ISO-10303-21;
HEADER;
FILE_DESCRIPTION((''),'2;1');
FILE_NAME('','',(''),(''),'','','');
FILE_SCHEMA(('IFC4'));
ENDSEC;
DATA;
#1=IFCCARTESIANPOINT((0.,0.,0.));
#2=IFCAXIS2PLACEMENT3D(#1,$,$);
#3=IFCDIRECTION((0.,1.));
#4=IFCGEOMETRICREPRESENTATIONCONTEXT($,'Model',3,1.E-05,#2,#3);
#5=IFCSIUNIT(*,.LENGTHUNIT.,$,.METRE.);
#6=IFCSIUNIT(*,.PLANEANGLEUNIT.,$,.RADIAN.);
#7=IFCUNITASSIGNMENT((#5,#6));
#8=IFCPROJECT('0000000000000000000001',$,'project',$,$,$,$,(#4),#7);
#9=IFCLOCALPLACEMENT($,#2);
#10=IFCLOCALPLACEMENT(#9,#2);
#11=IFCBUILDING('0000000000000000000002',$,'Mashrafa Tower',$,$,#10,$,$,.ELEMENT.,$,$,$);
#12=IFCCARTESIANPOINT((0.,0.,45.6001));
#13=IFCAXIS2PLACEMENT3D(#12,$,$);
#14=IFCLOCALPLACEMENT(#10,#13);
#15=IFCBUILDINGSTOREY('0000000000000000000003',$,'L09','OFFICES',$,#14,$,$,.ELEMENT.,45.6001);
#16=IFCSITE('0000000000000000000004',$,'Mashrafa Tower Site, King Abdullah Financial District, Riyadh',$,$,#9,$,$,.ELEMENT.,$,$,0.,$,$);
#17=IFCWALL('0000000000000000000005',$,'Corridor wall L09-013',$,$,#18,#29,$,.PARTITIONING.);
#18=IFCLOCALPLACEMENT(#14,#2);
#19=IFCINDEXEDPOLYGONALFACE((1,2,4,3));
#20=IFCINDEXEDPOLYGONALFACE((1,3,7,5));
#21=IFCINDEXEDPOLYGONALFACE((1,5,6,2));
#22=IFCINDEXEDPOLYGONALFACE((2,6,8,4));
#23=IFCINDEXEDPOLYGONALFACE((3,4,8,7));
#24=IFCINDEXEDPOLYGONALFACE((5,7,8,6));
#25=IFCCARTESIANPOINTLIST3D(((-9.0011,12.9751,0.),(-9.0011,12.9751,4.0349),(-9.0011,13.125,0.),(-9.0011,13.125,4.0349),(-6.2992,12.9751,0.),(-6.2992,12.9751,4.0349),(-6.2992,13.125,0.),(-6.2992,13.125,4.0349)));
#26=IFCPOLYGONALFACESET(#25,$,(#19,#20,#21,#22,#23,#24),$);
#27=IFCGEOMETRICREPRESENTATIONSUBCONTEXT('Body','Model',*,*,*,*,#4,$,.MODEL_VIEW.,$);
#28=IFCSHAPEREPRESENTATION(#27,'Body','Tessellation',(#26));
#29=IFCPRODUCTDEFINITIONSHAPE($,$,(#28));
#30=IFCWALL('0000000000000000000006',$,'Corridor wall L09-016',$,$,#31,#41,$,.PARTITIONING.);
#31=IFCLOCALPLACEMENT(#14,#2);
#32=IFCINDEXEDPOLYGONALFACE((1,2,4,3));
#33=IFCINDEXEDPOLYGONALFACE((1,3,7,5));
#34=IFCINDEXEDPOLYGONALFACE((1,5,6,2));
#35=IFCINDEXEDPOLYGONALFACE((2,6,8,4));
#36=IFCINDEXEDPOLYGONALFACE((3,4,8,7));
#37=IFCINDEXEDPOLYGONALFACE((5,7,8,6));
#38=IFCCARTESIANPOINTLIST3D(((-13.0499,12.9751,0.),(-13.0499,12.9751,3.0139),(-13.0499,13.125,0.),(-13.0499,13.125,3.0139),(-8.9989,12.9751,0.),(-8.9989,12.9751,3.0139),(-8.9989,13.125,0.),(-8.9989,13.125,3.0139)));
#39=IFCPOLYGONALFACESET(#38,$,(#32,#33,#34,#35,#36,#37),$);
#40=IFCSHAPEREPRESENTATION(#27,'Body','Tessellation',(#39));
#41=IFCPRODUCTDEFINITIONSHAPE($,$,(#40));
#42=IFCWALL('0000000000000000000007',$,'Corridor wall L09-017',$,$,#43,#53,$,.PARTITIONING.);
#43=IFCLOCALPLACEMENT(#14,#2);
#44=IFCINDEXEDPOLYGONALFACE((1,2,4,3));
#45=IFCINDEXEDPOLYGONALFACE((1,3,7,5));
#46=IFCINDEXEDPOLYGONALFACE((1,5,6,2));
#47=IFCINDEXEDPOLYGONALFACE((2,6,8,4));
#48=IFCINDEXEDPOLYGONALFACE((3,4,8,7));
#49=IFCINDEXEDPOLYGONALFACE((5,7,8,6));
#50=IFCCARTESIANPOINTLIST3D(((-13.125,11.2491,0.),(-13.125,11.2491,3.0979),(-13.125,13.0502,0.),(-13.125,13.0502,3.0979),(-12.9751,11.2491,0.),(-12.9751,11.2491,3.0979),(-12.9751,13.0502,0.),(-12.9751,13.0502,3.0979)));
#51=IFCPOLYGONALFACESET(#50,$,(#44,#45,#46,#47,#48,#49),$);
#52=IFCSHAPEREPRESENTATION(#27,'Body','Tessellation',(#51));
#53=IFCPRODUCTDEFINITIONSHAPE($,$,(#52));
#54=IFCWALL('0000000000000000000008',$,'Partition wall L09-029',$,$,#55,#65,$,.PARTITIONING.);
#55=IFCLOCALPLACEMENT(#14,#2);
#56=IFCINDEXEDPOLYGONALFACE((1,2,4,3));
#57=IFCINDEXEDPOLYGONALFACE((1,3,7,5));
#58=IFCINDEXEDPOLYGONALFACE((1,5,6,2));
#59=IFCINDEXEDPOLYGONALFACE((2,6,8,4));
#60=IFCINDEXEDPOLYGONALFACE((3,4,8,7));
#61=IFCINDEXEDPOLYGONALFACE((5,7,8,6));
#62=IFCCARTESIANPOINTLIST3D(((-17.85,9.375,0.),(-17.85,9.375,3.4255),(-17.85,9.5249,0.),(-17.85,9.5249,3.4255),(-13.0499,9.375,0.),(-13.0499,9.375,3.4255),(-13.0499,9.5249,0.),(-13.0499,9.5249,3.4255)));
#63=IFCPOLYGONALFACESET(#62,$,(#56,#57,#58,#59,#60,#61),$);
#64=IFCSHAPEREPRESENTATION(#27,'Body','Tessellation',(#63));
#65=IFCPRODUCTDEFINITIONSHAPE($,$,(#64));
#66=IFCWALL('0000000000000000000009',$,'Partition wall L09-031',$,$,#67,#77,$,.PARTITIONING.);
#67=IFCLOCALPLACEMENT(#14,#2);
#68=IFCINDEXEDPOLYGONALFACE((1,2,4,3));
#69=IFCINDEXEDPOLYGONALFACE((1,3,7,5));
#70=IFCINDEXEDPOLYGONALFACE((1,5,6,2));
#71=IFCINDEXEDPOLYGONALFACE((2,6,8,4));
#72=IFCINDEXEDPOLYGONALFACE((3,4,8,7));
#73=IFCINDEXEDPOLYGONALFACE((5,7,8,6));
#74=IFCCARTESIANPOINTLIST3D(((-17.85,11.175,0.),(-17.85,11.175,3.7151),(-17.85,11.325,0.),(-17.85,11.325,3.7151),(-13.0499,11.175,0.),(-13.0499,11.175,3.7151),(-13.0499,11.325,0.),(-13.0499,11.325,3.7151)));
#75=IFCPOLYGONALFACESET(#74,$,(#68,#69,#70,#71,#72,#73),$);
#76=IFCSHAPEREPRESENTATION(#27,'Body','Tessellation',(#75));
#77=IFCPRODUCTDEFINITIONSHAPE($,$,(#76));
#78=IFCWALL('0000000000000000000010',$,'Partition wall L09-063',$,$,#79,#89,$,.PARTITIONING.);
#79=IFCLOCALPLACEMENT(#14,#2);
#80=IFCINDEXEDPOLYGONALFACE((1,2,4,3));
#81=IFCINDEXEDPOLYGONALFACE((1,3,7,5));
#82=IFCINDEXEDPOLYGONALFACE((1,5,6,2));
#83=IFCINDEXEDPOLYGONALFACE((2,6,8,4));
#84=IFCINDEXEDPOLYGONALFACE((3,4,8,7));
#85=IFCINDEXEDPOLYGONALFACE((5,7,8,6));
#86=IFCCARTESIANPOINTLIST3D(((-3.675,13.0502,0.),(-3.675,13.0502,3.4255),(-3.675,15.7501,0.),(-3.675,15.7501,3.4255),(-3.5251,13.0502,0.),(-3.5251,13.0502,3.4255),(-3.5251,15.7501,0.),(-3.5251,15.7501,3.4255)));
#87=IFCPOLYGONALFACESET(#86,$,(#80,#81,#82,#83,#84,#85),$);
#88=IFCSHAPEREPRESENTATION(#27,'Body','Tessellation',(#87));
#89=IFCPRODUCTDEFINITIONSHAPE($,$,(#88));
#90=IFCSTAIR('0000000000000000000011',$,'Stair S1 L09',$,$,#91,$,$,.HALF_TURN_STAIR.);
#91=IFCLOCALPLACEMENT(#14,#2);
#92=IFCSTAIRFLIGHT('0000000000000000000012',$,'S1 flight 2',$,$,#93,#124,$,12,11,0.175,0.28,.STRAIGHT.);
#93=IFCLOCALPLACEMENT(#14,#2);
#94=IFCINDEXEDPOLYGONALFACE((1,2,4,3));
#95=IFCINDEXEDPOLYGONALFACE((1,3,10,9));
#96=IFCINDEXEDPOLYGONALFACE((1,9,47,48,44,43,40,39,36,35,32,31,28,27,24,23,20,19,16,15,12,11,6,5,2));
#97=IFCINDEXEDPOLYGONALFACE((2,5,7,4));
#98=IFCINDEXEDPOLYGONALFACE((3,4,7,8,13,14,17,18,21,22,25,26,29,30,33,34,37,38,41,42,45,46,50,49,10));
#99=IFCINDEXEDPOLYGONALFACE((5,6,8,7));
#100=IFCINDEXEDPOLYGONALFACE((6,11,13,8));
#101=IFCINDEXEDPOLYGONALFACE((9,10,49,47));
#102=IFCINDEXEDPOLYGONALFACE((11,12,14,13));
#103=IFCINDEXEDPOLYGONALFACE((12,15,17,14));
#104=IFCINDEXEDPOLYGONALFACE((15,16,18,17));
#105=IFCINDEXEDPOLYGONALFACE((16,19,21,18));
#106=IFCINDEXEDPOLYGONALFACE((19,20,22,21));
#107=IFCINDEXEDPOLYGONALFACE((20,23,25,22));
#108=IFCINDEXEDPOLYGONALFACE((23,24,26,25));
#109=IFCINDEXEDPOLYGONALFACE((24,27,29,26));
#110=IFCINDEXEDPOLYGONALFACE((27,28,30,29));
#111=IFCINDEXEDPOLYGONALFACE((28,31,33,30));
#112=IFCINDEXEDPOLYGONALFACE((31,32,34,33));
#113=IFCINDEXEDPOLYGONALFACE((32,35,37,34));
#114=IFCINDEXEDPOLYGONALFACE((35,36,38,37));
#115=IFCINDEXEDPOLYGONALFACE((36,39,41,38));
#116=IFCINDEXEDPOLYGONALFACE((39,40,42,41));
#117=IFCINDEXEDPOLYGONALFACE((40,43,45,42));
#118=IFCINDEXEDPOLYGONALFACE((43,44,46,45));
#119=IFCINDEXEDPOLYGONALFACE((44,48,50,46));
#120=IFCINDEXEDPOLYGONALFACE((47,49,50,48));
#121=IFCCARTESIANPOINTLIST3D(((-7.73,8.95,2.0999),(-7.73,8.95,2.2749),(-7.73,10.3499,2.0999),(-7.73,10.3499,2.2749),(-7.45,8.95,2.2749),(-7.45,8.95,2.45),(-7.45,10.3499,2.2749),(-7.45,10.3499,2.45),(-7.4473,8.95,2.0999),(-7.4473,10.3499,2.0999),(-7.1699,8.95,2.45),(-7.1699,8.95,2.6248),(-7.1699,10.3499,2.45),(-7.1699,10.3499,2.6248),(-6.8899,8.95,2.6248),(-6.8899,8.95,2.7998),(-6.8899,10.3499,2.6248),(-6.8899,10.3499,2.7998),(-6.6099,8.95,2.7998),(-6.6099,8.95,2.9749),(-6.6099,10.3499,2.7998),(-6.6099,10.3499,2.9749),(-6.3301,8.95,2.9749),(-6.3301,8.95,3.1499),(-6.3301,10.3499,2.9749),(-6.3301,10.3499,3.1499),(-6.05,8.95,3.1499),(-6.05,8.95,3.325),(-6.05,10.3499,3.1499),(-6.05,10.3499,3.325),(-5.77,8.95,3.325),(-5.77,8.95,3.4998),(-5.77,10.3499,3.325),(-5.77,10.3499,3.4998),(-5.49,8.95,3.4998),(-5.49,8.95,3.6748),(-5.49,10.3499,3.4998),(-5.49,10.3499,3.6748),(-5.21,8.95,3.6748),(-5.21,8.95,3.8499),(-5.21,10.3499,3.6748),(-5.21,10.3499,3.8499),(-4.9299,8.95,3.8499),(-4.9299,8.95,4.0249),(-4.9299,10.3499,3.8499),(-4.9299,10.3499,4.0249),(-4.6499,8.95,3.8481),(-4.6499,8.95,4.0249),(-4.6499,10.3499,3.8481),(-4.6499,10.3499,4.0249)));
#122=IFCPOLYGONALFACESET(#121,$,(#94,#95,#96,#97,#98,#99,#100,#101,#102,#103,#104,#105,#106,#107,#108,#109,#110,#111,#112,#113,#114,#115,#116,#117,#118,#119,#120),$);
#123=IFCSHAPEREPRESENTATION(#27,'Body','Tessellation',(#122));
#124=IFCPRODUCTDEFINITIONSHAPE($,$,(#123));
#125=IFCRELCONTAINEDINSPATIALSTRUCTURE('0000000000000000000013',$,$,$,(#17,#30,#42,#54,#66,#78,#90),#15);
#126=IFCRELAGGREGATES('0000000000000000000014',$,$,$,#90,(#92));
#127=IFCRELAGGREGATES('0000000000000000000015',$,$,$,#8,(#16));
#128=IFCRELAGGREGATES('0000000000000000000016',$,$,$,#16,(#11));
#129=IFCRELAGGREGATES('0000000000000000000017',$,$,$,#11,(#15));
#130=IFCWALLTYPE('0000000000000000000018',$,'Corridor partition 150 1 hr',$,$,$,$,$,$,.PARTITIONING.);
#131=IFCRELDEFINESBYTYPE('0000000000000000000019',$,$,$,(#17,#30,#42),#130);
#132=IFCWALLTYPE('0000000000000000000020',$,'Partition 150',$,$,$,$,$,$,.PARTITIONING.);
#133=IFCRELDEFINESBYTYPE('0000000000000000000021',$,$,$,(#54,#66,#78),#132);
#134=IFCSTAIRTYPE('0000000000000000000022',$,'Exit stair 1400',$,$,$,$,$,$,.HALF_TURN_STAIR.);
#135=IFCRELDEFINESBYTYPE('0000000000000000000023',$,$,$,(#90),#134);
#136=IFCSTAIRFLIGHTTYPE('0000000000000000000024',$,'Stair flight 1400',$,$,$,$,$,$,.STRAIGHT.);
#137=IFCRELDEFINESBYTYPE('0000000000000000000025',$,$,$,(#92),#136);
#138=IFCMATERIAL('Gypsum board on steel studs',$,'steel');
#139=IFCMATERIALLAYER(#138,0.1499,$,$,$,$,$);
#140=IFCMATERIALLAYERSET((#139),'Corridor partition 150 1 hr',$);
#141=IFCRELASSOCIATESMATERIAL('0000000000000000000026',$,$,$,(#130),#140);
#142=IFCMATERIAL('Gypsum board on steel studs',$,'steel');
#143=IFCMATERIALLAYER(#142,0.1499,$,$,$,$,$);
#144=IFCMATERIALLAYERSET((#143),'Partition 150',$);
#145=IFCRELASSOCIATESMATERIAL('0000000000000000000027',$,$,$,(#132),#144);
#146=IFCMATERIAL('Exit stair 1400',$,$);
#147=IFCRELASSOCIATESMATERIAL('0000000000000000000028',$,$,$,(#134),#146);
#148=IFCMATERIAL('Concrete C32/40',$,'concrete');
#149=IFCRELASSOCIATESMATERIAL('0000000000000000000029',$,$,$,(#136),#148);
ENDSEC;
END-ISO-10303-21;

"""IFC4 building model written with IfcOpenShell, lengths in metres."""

from ifc_helpers import new_model, si_unit, direction, frame, frame_2d, origin, place, context, subcontext, project, spatial, polyline, rectangle, outline, extrude, material, layer, layer_set, type_object, element, aggregate, save


model = new_model("IFC4")

# Units and contexts
model_context = context("Model", 3, precision=1e-05, world=origin(), true_north=direction((0.0, 1.0)))
body_context = subcontext(model_context, "Body", "Model", "MODEL_VIEW")
ifc_project = project(units=[si_unit("LENGTHUNIT", "METRE"), si_unit("PLANEANGLEUNIT", "RADIAN")], contexts=[model_context])

# Site, building, storey
site_placement = place(None, origin())
site = spatial("IfcSite", under=ifc_project, at=site_placement, Name="Mashrafa Tower Site, King Abdullah Financial District, Riyadh", CompositionType="ELEMENT", RefElevation=0.0)
building_placement = place(site_placement, origin())
building = spatial("IfcBuilding", under=site, at=building_placement, Name="Mashrafa Tower", CompositionType="ELEMENT")
storey_placement = place(building_placement, frame((0.0, 0.0, 45.6001)))
storey = spatial("IfcBuildingStorey", under=building, at=storey_placement, Name="L09", Description="OFFICES", CompositionType="ELEMENT", Elevation=45.6001)

# Shared definitions
ifc_material_1 = material(Name="Gypsum board on steel studs", Category="steel")
ifc_layer_1 = layer(ifc_material_1, 0.1499)
ifc_layer_set_1 = layer_set([ifc_layer_1], Name="Corridor partition 150 1 hr")
wall_type_1 = type_object("IfcWallType", Name="Corridor partition 150 1 hr", PredefinedType="PARTITIONING", material=ifc_layer_set_1)

# Walls
wall_1_placement = place(storey_placement, frame((-6.2991, 13.05, 0.0), z_axis=(0.0, 0.0, 1.0), x_axis=(-1.0, 0.0, 0.0)))
element("IfcWall", 1, at=wall_1_placement, inside=storey, type_object=wall_type_1, Name="Corridor wall L09-013", PredefinedType="PARTITIONING", context=body_context, shape_type="SweptSolid", body=[
    extrude(rectangle(XDim=2.7019, YDim=0.1499, at=frame_2d((1.3511, 0.0))), origin(), (0.0, 0.0, 1.0), 4.0349),
])
wall_2_placement = place(storey_placement, frame((-8.999, 13.05, 0.0), z_axis=(0.0, 0.0, 1.0), x_axis=(-1.0, 0.0, 0.0)))
element("IfcWall", 2, at=wall_2_placement, inside=storey, type_object=wall_type_1, Name="Corridor wall L09-016", PredefinedType="PARTITIONING", context=body_context, shape_type="SweptSolid", body=[
    extrude(rectangle(XDim=4.051, YDim=0.1499, at=frame_2d((2.0254, 0.0))), origin(), (0.0, 0.0, 1.0), 3.0139),
])
wall_3_placement = place(storey_placement, frame((-13.05, 13.05, 0.0), z_axis=(0.0, 0.0, 1.0), x_axis=(0.0, -1.0, 0.0)))
element("IfcWall", 3, at=wall_3_placement, inside=storey, type_object=wall_type_1, Name="Corridor wall L09-017", PredefinedType="PARTITIONING", context=body_context, shape_type="SweptSolid", body=[
    extrude(rectangle(XDim=1.801, YDim=0.1499, at=frame_2d((0.9004, 0.0))), origin(), (0.0, 0.0, 1.0), 3.0979),
])
ifc_material_2 = material(Name="Gypsum board on steel studs", Category="steel")
ifc_layer_2 = layer(ifc_material_2, 0.1499)
ifc_layer_set_2 = layer_set([ifc_layer_2], Name="Partition 150")
wall_type_2 = type_object("IfcWallType", Name="Partition 150", PredefinedType="PARTITIONING", material=ifc_layer_set_2)
wall_4_placement = place(storey_placement, frame((-13.05, 9.45, 0.0), z_axis=(0.0, 0.0, 1.0), x_axis=(-1.0, 0.0, 0.0)))
element("IfcWall", 4, at=wall_4_placement, inside=storey, type_object=wall_type_2, Name="Partition wall L09-029", PredefinedType="PARTITIONING", context=body_context, shape_type="SweptSolid", body=[
    extrude(rectangle(XDim=4.8, YDim=0.1499, at=frame_2d((2.3999, 0.0))), origin(), (0.0, 0.0, 1.0), 3.4255),
])
wall_5_placement = place(storey_placement, frame((-13.05, 11.25, 0.0), z_axis=(0.0, 0.0, 1.0), x_axis=(-1.0, 0.0, 0.0)))
element("IfcWall", 5, at=wall_5_placement, inside=storey, type_object=wall_type_2, Name="Partition wall L09-031", PredefinedType="PARTITIONING", context=body_context, shape_type="SweptSolid", body=[
    extrude(rectangle(XDim=4.8, YDim=0.1499, at=frame_2d((2.3999, 0.0))), origin(), (0.0, 0.0, 1.0), 3.7151),
])
wall_6_placement = place(storey_placement, frame((-3.6001, 13.05, 0.0), z_axis=(0.0, 0.0, 1.0), x_axis=(0.0, 1.0, 0.0)))
element("IfcWall", 6, at=wall_6_placement, inside=storey, type_object=wall_type_2, Name="Partition wall L09-063", PredefinedType="PARTITIONING", context=body_context, shape_type="SweptSolid", body=[
    extrude(rectangle(XDim=2.7, YDim=0.1499, at=frame_2d((1.3501, 0.0))), origin(), (0.0, 0.0, 1.0), 3.4255),
])

# Stair, stair flight
ifc_material_3 = material(Name="Exit stair 1400")
stair_type = type_object("IfcStairType", Name="Exit stair 1400", PredefinedType="HALF_TURN_STAIR", material=ifc_material_3)
stair_placement = place(storey_placement, origin())
stair = element("IfcStair", 7, at=stair_placement, inside=storey, type_object=stair_type, Name="Stair S1 L09", PredefinedType="HALF_TURN_STAIR")
ifc_material_4 = material(Name="Concrete C32/40", Category="concrete")
stair_flight_type = type_object("IfcStairFlightType", Name="Stair flight 1400", PredefinedType="STRAIGHT", material=ifc_material_4)
stair_flight_placement = place(storey_placement, frame((-7.73, 9.6499, 2.0999), z_axis=(0.0, 0.0, 1.0), x_axis=(1.0, 0.0, 0.0)))
stair_flight = element("IfcStairFlight", 8, at=stair_flight_placement, type_object=stair_flight_type, Name="S1 flight 2", NumberOfRisers=12, NumberOfTreads=11, PredefinedType="STRAIGHT", RiserHeight=0.175, TreadLength=0.28, context=body_context, shape_type="SweptSolid", body=[
    extrude(outline(polyline([(0.0, 0.0), (0.0, 0.175), (0.28, 0.175), (0.28, 0.3501), (0.5601, 0.3501), (0.5601, 0.5249), (0.8401, 0.5249), (0.8401, 0.7), (1.1201, 0.7), (1.1201, 0.875), (1.3999, 0.875), (1.3999, 1.05), (1.6799, 1.05), (1.6799, 1.2251), (1.96, 1.2251), (1.96, 1.3999), (2.24, 1.3999), (2.24, 1.575), (2.52, 1.575), (2.52, 1.75), (2.8, 1.75), (2.8, 1.925), (3.0801, 1.925), (3.0801, 2.1001), (3.0801, 1.7483), (0.2827, 0.0), (0.0, 0.0)])), frame((0.0, 0.7, 0.0), z_axis=(0.0, -1.0, 0.0), x_axis=(1.0, 0.0, 0.0)), (0.0, 0.0, 1.0), 1.3999),
])
aggregate(stair, [stair_flight])

save(model, "model.ifc")
